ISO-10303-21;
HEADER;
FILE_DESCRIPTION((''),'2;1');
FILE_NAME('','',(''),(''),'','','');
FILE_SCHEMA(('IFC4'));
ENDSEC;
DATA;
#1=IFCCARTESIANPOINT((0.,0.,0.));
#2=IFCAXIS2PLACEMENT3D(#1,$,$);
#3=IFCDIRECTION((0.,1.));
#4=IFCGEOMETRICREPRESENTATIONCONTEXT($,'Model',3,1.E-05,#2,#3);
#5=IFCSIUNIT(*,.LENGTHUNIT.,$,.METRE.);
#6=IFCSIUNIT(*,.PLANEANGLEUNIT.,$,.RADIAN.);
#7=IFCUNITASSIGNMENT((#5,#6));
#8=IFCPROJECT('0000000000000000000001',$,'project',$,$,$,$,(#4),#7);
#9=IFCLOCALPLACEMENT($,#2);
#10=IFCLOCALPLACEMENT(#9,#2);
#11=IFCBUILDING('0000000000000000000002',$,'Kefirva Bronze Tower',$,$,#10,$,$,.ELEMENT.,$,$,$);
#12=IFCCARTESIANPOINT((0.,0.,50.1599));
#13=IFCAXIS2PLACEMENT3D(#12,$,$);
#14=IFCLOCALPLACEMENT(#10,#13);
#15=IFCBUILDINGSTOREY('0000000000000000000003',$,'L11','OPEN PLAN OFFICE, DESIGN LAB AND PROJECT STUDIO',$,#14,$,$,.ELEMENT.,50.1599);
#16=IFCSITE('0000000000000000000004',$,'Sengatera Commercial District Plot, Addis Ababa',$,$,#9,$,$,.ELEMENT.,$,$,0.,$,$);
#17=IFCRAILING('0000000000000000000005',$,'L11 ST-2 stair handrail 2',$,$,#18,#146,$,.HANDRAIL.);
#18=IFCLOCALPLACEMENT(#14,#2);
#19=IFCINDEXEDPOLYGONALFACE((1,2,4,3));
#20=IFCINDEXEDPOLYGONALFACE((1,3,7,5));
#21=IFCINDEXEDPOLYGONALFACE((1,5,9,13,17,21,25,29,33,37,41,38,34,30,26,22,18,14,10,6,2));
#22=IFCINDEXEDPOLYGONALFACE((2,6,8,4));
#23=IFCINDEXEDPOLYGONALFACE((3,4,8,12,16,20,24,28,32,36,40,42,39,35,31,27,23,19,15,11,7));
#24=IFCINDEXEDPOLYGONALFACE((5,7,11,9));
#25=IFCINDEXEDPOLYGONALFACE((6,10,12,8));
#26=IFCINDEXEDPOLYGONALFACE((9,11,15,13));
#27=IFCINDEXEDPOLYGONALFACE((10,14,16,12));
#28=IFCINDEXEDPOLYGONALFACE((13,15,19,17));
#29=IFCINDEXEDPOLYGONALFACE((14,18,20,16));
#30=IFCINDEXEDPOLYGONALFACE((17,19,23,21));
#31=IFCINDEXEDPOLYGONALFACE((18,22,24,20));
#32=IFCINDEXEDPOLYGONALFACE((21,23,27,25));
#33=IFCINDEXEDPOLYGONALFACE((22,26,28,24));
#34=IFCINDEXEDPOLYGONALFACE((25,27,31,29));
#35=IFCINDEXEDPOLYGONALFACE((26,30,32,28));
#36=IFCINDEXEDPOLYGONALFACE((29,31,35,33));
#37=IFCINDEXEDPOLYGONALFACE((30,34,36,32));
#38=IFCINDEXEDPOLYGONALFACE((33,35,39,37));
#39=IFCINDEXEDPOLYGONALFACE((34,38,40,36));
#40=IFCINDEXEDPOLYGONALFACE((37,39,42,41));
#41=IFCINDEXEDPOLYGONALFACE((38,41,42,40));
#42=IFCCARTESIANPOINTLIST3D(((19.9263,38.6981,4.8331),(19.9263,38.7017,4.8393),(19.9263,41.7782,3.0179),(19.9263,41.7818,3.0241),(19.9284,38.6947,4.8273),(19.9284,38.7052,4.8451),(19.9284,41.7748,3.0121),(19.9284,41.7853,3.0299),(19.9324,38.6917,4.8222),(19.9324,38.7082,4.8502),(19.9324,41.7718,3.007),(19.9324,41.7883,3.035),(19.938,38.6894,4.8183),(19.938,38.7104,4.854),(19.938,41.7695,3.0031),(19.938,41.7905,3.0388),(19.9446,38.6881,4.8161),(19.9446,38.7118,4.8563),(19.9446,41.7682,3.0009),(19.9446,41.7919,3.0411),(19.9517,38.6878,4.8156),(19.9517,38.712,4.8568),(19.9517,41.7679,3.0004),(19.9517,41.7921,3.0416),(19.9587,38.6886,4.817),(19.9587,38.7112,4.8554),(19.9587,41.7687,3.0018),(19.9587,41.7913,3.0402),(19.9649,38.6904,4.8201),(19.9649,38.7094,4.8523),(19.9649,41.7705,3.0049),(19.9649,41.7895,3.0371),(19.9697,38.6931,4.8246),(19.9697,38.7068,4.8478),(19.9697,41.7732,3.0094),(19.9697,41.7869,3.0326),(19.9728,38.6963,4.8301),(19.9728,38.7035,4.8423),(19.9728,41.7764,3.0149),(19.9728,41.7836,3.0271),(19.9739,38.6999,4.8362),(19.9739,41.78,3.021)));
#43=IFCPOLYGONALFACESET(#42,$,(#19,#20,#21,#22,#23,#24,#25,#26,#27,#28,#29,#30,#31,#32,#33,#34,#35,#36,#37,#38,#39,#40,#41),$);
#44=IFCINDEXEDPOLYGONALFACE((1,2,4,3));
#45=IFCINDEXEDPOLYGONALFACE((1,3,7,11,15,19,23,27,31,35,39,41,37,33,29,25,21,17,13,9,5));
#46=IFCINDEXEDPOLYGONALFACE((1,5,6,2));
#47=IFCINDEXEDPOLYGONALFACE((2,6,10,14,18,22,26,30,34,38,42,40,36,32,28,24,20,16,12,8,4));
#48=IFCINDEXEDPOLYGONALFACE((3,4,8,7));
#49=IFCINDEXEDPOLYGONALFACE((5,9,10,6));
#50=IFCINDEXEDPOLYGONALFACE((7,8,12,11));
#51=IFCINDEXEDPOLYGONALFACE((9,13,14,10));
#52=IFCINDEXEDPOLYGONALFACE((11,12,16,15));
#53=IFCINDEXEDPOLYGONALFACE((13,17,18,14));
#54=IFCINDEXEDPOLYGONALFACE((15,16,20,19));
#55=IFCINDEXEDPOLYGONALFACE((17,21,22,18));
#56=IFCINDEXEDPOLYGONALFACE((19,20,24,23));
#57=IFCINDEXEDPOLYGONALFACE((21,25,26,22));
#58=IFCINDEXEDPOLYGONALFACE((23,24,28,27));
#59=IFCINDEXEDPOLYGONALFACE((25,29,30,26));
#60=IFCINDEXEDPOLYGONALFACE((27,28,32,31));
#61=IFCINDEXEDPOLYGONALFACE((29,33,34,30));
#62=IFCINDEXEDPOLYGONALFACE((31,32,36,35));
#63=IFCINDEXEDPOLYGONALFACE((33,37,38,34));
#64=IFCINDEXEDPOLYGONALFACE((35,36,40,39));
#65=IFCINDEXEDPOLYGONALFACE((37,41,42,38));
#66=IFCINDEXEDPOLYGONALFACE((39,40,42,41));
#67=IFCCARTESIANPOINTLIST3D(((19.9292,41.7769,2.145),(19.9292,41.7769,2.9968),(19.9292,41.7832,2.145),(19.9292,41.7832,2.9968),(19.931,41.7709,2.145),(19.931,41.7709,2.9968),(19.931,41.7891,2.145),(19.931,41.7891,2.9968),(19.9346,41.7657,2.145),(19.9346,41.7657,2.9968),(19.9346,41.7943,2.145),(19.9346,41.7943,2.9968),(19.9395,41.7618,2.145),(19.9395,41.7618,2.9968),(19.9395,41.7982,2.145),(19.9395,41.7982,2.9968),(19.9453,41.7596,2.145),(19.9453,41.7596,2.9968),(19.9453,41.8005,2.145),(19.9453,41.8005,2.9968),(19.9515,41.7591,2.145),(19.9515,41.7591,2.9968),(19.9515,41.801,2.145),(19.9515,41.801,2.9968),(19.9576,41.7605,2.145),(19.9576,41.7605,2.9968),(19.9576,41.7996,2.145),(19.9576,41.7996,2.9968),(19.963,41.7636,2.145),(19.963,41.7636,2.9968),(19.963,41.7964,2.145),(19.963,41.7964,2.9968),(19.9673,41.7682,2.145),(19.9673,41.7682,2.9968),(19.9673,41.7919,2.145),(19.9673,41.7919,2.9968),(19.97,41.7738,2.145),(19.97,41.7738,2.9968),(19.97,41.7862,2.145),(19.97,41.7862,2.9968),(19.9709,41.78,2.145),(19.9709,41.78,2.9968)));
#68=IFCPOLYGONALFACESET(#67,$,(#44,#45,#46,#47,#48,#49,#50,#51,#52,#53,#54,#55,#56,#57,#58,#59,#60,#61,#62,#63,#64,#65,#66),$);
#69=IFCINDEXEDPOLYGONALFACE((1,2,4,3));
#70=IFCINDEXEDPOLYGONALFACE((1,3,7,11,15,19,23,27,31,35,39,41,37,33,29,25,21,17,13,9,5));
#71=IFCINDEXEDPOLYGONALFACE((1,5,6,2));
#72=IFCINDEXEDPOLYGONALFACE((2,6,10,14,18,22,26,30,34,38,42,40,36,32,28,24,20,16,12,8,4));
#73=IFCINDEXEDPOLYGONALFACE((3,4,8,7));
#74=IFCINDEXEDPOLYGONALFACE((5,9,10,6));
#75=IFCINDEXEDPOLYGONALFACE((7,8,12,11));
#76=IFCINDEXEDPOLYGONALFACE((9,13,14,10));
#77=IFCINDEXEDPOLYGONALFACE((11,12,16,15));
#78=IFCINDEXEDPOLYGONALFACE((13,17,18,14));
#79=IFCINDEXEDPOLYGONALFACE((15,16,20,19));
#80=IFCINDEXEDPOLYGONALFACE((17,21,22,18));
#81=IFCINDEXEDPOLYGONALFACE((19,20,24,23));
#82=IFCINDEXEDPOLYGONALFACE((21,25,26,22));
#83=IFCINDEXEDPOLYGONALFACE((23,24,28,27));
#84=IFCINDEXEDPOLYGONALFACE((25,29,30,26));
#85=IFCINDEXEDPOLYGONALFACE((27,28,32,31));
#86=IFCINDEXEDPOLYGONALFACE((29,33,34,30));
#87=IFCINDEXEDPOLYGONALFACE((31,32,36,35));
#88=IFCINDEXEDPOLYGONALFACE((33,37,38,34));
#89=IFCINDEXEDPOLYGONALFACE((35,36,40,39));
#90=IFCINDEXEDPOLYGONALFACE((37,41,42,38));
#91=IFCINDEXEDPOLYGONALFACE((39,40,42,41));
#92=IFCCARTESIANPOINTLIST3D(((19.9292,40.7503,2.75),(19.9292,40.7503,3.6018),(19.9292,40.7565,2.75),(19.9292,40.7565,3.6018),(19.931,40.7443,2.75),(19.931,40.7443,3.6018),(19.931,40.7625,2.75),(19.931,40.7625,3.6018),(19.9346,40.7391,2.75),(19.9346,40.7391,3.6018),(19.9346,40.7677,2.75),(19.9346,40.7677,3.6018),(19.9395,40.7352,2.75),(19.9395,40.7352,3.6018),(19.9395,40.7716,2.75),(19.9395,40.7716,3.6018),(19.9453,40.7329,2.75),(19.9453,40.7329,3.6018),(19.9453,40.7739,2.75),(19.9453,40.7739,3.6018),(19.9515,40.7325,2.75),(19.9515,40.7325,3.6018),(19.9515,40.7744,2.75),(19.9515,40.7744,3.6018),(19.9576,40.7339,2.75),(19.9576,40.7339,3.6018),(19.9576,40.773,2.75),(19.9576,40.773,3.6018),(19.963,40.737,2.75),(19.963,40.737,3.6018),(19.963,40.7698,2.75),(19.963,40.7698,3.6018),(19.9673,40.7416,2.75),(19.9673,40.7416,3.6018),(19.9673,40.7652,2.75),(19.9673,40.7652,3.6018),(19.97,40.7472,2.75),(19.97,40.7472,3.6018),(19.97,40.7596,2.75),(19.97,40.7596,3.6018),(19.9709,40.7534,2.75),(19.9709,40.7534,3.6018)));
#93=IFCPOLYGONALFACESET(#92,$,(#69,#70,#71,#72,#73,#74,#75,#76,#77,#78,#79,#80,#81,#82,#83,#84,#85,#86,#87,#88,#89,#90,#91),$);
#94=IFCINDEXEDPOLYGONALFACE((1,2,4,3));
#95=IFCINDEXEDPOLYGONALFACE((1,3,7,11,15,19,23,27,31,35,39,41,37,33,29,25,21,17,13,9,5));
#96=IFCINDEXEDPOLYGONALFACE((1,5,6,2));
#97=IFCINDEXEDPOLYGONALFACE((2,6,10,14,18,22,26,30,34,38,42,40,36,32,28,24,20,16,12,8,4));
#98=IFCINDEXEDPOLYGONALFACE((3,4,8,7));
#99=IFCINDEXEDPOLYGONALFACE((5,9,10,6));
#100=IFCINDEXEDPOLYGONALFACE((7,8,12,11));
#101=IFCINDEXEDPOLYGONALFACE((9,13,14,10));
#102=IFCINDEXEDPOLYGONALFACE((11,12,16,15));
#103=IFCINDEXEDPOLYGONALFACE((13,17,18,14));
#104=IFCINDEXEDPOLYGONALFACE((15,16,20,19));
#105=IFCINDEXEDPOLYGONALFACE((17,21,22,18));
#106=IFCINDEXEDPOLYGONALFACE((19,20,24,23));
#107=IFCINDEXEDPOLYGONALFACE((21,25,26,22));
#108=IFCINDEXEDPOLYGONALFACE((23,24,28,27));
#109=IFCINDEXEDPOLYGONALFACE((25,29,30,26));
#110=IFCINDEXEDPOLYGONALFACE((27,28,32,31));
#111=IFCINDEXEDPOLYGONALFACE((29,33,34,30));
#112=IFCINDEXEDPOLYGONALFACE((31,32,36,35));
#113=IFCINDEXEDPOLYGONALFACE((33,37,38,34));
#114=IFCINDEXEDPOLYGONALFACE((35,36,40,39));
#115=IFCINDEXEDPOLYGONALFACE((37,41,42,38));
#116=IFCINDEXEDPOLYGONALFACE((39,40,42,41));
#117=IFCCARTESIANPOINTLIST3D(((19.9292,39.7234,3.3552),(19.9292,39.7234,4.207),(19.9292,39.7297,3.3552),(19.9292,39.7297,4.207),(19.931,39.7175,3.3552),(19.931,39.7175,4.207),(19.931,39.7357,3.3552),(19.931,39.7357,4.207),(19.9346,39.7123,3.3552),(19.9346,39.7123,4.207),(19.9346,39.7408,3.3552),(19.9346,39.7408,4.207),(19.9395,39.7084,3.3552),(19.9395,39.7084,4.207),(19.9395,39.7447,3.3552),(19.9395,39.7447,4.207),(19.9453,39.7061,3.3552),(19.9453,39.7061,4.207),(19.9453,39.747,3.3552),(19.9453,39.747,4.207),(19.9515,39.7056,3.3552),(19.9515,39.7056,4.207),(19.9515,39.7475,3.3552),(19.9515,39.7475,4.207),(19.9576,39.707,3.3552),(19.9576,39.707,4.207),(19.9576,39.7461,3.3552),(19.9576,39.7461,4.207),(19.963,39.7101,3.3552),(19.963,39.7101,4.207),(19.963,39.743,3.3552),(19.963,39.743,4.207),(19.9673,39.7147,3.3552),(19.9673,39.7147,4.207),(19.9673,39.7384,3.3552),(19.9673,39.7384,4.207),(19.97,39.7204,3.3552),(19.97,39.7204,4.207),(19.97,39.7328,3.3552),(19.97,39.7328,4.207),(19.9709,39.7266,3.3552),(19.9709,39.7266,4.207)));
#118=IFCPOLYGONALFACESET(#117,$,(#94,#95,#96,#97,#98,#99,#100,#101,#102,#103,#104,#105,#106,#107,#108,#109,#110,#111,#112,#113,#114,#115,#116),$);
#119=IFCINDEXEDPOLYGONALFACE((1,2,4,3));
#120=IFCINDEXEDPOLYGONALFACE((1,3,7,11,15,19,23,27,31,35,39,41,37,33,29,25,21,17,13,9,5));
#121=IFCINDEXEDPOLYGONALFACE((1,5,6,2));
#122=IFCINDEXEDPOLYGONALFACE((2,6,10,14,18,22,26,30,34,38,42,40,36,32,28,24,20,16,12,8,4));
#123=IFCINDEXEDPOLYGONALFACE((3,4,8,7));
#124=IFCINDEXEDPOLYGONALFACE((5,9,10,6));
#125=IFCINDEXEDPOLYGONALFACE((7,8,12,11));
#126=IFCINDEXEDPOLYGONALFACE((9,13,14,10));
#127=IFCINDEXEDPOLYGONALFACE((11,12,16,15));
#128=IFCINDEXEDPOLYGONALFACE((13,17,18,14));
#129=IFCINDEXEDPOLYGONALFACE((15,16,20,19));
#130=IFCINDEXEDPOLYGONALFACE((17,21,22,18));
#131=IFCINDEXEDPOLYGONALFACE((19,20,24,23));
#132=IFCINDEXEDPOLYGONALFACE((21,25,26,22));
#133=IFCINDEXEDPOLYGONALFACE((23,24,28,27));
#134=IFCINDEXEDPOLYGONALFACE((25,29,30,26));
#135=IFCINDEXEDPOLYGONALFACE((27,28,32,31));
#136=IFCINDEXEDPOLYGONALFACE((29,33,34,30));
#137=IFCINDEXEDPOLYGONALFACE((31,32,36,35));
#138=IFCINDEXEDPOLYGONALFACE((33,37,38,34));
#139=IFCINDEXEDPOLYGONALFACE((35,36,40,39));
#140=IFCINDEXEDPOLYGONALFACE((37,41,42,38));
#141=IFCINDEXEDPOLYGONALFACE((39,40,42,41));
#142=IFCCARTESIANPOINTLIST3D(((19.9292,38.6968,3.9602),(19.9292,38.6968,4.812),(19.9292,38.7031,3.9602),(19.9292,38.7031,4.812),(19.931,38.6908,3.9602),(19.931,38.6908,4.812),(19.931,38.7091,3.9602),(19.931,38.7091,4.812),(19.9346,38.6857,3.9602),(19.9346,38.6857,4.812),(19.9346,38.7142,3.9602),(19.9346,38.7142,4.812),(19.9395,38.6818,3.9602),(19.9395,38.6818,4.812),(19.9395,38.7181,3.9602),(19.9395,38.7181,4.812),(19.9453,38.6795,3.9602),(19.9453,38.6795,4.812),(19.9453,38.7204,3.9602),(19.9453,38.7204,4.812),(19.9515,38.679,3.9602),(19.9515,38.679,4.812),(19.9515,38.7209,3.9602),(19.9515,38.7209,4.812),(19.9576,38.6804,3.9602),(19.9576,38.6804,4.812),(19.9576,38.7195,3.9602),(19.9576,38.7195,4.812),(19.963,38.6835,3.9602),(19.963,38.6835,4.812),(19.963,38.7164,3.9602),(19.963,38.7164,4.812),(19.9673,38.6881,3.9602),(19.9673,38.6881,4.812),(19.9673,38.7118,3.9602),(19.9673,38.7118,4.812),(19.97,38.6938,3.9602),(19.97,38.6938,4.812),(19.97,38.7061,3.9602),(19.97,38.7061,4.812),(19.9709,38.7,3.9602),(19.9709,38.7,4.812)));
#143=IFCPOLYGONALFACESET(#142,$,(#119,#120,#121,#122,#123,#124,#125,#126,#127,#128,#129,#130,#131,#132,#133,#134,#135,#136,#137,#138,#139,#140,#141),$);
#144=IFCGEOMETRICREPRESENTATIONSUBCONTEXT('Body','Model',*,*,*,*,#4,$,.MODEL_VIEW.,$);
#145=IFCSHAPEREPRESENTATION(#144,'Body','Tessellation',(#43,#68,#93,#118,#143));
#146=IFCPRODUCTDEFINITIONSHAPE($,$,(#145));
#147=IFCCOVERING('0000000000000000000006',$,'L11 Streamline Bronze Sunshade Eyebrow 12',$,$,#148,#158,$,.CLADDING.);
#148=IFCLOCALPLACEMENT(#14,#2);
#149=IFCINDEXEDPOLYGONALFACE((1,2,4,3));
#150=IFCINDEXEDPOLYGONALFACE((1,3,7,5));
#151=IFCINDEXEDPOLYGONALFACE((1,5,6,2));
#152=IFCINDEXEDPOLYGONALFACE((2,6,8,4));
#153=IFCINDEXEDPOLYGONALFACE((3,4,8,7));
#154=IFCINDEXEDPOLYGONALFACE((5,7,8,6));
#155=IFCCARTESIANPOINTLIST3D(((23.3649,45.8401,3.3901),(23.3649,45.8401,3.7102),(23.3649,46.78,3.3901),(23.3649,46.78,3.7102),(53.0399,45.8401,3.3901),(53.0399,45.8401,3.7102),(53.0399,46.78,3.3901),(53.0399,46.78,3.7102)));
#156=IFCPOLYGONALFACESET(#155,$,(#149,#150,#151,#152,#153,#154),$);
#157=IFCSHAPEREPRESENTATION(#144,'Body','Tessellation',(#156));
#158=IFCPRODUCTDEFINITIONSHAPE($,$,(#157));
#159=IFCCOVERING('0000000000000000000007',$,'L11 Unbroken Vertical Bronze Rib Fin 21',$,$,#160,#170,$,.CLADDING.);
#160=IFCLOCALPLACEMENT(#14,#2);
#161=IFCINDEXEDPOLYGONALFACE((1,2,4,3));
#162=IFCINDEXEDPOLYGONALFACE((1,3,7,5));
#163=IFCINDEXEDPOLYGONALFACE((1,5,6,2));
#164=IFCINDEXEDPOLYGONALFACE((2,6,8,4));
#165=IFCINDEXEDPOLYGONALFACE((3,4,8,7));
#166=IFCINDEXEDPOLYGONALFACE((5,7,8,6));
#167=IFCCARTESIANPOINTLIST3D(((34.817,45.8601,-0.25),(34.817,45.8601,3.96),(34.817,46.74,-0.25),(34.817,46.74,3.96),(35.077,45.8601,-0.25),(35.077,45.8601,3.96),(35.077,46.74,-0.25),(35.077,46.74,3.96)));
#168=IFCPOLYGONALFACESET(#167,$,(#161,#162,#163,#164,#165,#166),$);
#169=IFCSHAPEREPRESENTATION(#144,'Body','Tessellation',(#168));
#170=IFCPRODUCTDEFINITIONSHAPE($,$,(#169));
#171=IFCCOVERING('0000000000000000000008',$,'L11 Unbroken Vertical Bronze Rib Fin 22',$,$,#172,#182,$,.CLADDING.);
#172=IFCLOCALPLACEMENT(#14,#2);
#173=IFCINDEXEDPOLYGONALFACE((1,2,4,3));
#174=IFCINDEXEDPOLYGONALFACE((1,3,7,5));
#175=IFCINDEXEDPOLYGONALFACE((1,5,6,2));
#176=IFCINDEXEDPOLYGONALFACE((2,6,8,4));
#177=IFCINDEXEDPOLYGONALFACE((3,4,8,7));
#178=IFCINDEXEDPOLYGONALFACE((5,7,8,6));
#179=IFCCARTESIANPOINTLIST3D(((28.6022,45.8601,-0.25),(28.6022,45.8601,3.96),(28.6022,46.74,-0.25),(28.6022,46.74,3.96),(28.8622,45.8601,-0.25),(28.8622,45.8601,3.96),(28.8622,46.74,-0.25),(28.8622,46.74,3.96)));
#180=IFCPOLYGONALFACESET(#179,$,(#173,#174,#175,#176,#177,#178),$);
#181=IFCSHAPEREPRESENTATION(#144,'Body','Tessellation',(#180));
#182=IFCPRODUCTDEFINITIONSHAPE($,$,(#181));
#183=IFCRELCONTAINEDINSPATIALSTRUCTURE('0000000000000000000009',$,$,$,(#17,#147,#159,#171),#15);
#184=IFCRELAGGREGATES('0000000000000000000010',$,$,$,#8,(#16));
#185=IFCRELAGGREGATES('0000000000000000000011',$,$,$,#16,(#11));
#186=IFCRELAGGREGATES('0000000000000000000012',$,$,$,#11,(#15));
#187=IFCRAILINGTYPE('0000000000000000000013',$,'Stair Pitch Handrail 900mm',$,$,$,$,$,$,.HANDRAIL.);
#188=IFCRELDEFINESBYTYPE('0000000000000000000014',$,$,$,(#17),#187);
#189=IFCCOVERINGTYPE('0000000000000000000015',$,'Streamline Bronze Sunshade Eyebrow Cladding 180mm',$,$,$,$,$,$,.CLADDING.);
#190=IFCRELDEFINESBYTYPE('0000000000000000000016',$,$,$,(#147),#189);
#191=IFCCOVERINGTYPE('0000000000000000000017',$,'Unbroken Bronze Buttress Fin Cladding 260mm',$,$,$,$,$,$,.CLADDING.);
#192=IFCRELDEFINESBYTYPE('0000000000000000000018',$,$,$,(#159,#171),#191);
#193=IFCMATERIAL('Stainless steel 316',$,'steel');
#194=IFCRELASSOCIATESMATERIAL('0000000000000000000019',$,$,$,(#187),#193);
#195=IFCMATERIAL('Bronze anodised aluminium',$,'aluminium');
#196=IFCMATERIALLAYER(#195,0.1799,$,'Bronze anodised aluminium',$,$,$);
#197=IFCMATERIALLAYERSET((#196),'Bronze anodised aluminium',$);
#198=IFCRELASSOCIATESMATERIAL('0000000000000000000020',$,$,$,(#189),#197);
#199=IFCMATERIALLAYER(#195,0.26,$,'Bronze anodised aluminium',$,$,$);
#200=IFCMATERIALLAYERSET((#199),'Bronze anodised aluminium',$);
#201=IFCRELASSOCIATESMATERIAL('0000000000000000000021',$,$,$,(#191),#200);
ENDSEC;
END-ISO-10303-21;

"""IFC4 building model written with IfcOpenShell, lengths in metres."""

from ifc_helpers import new_model, si_unit, direction, frame, origin, origin_2d, place, context, subcontext, project, spatial, rectangle, circle, extrude, material, layer, layer_set, type_object, element, save


model = new_model("IFC4")

# Units and contexts
model_context = context("Model", 3, precision=1e-05, world=origin(), true_north=direction((0.0, 1.0)))
body_context = subcontext(model_context, "Body", "Model", "MODEL_VIEW")
ifc_project = project(units=[si_unit("LENGTHUNIT", "METRE"), si_unit("PLANEANGLEUNIT", "RADIAN")], contexts=[model_context])

# Site, building, storey
site_placement = place(None, origin())
site = spatial("IfcSite", under=ifc_project, at=site_placement, Name="Sengatera Commercial District Plot, Addis Ababa", CompositionType="ELEMENT", RefElevation=0.0)
building_placement = place(site_placement, origin())
building = spatial("IfcBuilding", under=site, at=building_placement, Name="Kefirva Bronze Tower", CompositionType="ELEMENT")
storey_placement = place(building_placement, frame((0.0, 0.0, 50.1599)))
storey = spatial("IfcBuildingStorey", under=building, at=storey_placement, Name="L11", Description="OPEN PLAN OFFICE, DESIGN LAB AND PROJECT STUDIO", CompositionType="ELEMENT", Elevation=50.1599)

# Shared definitions
ifc_material_1 = material(Name="Bronze anodised aluminium", Category="aluminium")

# Railing
ifc_material_2 = material(Name="Stainless steel 316", Category="steel")
railing_type_1 = type_object("IfcRailingType", Name="Stair Pitch Handrail 900mm", PredefinedType="HANDRAIL", material=ifc_material_2)
railing_1_placement = place(storey_placement, frame((19.95, 41.78, 2.145)))
element("IfcRailing", 1, at=railing_1_placement, inside=storey, type_object=railing_type_1, Name="L11 ST-2 stair handrail 2", PredefinedType="HANDRAIL", context=body_context, shape_type="SweptSolid", body=[
    extrude(circle(Radius=0.0239, at=origin_2d()), frame((0.0, 0.0, 0.876), z_axis=(0.0, -0.861521, 0.507721), x_axis=(1.0, 0.0, 0.0)), (0.0, 0.0, 1.0), 3.5752),
    extrude(circle(Radius=0.021, at=origin_2d()), origin(), (0.0, 0.0, 1.0), 0.8518),
    extrude(circle(Radius=0.021, at=origin_2d()), frame((0.0, -1.0266, 0.605)), (0.0, 0.0, 1.0), 0.8518),
    extrude(circle(Radius=0.021, at=origin_2d()), frame((0.0, -2.0535, 1.2102)), (0.0, 0.0, 1.0), 0.8518),
    extrude(circle(Radius=0.021, at=origin_2d()), frame((0.0, -3.0801, 1.8152)), (0.0, 0.0, 1.0), 0.8518),
])

# Coverings
ifc_layer_1 = layer(ifc_material_1, 0.1799, Name="Bronze anodised aluminium")
ifc_layer_set_1 = layer_set([ifc_layer_1], Name="Bronze anodised aluminium")
covering_type_1 = type_object("IfcCoveringType", Name="Streamline Bronze Sunshade Eyebrow Cladding 180mm", PredefinedType="CLADDING", material=ifc_layer_set_1)
covering_1_placement = place(storey_placement, frame((38.2024, 46.3101, 3.3901), z_axis=(0.0, 0.0, 1.0), x_axis=(-1.0, 0.0, 0.0)))
element("IfcCovering", 2, at=covering_1_placement, inside=storey, type_object=covering_type_1, Name="L11 Streamline Bronze Sunshade Eyebrow 12", PredefinedType="CLADDING", context=body_context, shape_type="SweptSolid", body=[
    extrude(rectangle(XDim=29.675, YDim=0.9399, at=origin_2d()), origin(), (0.0, 0.0, 1.0), 0.3201),
])
ifc_layer_2 = layer(ifc_material_1, 0.26, Name="Bronze anodised aluminium")
ifc_layer_set_2 = layer_set([ifc_layer_2], Name="Bronze anodised aluminium")
covering_type_2 = type_object("IfcCoveringType", Name="Unbroken Bronze Buttress Fin Cladding 260mm", PredefinedType="CLADDING", material=ifc_layer_set_2)
for number, where, z_axis, x_axis, name in (
    (3, (34.947, 46.3, -0.25), (0.0, 0.0, 1.0), (-1.0, 0.0, 0.0), "L11 Unbroken Vertical Bronze Rib Fin 21"),
    (4, (28.7322, 46.3, -0.25), (0.0, 0.0, 1.0), (-1.0, 0.0, 0.0), "L11 Unbroken Vertical Bronze Rib Fin 22"),
):
    element("IfcCovering", number, at=place(storey_placement, frame(where, z_axis=z_axis, x_axis=x_axis)), inside=storey, type_object=covering_type_2, Name=name, PredefinedType="CLADDING", context=body_context, shape_type="SweptSolid", body=[
        extrude(rectangle(XDim=0.26, YDim=0.8799, at=origin_2d()), origin(), (0.0, 0.0, 1.0), 4.21),
    ])

save(model, "model.ifc")
